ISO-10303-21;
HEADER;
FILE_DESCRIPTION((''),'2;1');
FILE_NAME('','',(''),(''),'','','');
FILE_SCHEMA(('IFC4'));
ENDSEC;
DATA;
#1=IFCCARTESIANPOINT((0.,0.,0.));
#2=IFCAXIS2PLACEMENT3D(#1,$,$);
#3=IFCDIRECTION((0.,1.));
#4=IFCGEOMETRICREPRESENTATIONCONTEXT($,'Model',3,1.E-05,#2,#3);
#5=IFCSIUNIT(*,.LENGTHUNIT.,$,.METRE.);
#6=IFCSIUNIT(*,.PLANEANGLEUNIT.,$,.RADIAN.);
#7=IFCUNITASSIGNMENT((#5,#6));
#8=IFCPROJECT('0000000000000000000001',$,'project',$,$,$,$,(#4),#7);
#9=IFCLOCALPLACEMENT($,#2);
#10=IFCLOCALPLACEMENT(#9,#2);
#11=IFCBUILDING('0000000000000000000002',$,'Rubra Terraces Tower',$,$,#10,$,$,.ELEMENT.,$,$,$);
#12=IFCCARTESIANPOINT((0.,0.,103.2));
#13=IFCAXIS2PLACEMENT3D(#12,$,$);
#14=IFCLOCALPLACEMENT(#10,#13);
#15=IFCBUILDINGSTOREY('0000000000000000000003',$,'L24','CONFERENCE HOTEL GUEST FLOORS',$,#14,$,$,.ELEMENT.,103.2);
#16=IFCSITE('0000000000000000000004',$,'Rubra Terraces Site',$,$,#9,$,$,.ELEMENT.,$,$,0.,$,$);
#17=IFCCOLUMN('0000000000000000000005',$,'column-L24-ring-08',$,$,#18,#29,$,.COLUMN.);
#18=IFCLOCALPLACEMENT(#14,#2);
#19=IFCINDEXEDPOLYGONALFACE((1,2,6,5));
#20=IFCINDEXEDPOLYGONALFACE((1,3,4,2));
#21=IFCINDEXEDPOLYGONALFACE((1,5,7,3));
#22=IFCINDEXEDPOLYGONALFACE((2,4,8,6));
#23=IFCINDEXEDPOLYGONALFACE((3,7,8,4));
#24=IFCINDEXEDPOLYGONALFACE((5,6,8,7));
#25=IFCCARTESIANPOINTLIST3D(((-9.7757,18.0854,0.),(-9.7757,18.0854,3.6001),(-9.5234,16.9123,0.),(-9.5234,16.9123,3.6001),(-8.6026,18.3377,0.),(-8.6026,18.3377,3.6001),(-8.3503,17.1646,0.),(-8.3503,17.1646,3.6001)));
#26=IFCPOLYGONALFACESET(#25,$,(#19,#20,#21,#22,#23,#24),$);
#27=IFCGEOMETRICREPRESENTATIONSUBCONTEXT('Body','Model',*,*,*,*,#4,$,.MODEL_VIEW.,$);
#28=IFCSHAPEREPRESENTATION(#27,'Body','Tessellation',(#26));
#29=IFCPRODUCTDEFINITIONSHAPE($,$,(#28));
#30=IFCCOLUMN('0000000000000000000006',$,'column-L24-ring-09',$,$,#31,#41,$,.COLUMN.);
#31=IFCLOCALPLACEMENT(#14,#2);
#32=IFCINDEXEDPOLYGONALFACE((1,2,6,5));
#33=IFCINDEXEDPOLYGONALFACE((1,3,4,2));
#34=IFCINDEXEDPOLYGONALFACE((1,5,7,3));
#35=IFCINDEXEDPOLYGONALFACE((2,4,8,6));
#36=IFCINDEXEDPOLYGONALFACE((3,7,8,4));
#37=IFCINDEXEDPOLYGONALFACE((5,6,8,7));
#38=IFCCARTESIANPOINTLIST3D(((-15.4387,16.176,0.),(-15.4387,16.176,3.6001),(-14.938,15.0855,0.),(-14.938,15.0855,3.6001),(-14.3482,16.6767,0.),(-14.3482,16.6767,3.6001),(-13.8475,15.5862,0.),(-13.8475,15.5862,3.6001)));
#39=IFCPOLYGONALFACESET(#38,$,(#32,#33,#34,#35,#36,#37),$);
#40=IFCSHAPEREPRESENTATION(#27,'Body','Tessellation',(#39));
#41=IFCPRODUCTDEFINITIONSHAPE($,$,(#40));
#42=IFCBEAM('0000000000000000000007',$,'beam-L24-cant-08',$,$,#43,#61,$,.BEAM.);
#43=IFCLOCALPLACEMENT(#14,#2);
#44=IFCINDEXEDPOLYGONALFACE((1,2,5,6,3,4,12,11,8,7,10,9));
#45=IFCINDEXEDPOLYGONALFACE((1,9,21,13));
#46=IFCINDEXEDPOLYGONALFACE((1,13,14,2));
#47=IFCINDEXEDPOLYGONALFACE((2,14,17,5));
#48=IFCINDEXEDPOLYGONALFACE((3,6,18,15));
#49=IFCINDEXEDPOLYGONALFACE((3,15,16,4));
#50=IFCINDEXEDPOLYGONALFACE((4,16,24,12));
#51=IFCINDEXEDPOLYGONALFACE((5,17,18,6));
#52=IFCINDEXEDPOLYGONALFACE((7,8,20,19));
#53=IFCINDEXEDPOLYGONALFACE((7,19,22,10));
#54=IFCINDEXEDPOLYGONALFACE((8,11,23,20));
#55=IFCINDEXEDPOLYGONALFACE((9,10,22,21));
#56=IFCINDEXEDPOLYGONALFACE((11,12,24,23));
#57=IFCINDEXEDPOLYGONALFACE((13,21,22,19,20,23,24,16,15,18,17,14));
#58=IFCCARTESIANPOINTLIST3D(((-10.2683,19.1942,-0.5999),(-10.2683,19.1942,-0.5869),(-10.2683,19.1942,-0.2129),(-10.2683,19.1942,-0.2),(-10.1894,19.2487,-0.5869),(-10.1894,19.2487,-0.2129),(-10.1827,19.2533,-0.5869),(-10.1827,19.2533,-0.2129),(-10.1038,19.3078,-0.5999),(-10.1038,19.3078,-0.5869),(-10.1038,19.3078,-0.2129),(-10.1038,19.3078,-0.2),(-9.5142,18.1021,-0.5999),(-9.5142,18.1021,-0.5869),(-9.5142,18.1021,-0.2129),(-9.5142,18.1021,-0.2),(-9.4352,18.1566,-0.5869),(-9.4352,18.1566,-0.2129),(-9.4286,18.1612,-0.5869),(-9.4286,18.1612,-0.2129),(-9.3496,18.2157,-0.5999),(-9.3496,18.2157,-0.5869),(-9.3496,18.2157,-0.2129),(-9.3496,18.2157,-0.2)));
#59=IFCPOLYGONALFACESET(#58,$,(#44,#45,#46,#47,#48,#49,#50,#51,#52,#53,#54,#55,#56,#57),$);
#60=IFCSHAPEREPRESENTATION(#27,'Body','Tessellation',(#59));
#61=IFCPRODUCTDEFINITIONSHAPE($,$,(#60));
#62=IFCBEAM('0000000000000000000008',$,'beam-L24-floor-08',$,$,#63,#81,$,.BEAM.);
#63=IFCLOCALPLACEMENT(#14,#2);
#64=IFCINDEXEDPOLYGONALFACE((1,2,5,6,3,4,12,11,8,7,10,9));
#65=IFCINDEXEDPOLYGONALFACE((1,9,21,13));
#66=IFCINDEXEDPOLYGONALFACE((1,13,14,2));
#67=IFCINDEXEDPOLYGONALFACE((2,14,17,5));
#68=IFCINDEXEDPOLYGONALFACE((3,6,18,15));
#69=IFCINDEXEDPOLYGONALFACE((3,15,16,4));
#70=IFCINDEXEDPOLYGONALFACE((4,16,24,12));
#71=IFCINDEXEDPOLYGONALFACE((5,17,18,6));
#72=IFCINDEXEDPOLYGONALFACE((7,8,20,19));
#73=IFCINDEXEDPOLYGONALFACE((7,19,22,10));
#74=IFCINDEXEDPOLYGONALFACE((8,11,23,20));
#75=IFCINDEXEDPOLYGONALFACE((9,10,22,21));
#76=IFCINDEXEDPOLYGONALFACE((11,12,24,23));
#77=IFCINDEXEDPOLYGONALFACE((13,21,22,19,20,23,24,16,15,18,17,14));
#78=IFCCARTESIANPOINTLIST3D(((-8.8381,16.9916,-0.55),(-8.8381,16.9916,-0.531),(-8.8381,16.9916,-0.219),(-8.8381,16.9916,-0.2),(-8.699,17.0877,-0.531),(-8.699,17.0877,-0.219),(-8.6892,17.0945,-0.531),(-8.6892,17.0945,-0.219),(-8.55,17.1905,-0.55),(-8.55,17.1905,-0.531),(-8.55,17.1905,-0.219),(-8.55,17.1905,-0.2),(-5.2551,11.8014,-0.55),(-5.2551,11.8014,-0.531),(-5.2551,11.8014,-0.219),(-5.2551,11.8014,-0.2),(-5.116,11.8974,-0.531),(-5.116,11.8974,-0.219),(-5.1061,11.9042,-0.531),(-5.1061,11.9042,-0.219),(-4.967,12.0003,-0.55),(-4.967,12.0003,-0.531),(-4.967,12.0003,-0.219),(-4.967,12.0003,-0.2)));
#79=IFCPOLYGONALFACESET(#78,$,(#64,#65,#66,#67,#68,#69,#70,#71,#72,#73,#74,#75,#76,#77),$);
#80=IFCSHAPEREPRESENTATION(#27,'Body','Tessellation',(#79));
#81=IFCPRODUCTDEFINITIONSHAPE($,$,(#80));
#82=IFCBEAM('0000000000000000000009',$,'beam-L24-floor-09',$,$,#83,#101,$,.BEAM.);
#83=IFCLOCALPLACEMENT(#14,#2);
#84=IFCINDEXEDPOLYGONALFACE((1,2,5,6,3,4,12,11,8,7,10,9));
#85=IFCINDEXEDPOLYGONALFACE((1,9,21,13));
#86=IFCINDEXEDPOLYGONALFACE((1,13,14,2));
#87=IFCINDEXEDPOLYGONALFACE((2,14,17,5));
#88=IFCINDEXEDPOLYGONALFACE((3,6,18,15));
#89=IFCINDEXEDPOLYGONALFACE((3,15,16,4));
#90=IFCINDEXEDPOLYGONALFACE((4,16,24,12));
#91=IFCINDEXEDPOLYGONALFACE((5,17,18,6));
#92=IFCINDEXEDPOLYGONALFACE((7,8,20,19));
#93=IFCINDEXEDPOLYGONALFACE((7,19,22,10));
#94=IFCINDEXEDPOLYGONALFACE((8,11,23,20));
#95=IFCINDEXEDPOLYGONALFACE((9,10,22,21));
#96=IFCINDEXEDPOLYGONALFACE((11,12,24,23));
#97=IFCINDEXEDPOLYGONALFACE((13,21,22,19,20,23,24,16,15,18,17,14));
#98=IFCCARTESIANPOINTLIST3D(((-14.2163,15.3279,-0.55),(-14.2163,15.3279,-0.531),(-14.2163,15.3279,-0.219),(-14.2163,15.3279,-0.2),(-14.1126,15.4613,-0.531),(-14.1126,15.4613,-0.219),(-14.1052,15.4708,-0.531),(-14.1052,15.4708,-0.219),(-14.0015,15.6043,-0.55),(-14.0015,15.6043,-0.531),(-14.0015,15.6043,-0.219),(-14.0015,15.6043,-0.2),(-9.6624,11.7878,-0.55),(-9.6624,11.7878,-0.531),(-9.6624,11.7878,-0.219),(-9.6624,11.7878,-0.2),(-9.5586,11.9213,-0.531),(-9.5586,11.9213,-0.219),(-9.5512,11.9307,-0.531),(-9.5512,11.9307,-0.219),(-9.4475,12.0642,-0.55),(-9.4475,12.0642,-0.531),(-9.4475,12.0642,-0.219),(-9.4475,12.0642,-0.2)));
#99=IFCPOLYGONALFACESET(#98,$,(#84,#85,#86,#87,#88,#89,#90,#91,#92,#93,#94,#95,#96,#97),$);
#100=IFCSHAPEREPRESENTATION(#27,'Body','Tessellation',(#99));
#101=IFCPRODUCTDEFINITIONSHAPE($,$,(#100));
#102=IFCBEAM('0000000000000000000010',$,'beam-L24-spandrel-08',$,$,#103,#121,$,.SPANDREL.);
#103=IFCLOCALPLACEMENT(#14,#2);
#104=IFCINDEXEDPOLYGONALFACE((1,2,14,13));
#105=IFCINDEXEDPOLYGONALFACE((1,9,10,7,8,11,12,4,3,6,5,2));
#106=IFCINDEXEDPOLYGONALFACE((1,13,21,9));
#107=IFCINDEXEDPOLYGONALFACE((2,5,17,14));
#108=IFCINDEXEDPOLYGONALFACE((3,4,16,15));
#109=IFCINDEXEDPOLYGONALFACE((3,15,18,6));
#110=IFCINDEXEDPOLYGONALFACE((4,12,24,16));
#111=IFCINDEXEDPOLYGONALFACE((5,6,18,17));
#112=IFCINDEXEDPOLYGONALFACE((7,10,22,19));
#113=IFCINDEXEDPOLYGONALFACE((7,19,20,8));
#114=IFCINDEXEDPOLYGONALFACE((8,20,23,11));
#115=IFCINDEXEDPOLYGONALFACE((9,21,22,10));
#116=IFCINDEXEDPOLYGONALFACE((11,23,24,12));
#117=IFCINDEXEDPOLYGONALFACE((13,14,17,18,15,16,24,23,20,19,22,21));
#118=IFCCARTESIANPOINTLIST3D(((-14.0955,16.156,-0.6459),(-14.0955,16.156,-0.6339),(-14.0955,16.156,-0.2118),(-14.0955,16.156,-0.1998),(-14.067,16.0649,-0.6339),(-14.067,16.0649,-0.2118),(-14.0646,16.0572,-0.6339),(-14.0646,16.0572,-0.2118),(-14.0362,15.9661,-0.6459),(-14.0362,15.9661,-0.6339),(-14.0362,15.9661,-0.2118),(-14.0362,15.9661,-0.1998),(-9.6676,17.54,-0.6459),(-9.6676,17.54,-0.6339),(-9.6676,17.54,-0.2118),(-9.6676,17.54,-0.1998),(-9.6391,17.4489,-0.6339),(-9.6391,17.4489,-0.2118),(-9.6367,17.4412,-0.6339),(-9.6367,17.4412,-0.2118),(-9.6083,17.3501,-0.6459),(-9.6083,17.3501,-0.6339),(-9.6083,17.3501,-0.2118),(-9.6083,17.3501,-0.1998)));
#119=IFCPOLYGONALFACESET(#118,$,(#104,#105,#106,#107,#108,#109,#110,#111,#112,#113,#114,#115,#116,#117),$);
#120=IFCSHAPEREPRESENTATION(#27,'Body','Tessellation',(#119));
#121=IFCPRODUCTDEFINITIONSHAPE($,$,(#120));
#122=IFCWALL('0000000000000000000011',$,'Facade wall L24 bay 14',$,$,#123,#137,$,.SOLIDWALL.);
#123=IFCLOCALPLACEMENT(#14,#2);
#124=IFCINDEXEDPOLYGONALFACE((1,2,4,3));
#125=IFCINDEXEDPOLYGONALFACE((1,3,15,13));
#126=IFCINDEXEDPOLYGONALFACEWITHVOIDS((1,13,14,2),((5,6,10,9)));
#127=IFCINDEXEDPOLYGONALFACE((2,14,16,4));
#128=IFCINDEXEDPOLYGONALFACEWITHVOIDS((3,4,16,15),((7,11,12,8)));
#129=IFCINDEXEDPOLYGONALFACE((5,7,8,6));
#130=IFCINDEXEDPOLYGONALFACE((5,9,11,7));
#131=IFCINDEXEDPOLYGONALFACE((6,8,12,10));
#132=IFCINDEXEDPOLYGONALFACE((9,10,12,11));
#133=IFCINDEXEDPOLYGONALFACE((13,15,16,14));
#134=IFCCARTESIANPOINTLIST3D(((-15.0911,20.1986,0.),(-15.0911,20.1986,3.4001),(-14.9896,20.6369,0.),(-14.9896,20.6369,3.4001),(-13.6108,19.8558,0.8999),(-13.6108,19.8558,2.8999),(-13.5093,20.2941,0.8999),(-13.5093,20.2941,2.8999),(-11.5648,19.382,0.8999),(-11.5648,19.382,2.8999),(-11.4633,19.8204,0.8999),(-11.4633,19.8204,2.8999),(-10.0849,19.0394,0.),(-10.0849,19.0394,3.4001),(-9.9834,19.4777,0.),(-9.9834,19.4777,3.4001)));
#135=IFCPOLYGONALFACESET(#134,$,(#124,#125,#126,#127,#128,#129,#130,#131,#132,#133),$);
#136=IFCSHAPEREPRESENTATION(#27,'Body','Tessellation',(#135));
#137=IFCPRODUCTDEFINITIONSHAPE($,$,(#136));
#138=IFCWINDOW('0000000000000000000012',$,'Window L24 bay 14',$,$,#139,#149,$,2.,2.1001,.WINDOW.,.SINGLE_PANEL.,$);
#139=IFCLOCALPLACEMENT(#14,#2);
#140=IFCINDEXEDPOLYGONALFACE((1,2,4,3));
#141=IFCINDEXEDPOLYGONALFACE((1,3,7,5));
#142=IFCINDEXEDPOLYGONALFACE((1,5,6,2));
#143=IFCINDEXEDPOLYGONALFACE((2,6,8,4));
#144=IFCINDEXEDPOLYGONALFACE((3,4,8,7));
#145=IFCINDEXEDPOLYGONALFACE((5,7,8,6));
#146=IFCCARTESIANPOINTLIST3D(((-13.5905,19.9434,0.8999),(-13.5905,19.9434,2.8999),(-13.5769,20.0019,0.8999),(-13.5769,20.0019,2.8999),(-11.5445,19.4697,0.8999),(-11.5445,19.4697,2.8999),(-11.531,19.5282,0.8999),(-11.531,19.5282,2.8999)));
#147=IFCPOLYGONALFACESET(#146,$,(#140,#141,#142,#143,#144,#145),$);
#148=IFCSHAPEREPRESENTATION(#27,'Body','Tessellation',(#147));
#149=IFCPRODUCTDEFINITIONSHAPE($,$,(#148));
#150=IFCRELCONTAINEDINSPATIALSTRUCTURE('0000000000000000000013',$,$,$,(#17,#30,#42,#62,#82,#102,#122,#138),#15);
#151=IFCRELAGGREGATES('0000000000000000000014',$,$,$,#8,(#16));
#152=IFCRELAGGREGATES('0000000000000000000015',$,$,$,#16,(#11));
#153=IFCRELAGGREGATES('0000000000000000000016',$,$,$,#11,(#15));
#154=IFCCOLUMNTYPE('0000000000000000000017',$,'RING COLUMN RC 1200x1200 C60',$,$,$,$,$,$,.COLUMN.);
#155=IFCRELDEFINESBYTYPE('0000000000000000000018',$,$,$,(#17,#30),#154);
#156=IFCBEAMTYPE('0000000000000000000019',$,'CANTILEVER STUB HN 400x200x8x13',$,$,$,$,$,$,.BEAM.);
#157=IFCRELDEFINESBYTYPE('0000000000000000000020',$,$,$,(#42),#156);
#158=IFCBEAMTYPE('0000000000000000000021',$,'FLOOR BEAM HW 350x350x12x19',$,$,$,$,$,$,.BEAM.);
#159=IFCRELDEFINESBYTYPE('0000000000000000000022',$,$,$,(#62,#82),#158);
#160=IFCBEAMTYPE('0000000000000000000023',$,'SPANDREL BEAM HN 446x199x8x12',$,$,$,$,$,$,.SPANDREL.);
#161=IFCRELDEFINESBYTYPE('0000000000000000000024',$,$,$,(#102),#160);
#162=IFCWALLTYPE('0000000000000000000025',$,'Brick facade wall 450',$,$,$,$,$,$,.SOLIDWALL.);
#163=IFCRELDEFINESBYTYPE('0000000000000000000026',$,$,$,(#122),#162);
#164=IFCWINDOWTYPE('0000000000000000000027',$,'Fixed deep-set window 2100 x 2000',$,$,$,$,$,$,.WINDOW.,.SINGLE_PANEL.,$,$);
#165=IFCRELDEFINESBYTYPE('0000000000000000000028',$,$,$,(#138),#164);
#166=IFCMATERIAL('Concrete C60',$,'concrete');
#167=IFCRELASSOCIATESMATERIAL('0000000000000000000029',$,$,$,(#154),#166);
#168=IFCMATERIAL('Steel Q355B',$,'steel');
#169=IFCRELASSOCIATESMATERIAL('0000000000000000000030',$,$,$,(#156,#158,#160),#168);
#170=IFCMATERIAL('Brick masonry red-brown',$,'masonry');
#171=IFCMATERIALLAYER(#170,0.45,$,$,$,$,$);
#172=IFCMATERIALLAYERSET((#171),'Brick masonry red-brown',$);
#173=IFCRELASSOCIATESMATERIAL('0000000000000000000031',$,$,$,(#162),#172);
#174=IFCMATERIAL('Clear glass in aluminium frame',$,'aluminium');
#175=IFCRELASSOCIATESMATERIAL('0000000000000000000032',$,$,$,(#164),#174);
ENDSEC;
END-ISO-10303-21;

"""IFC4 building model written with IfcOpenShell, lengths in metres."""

from ifc_helpers import new_model, si_unit, direction, frame, frame_2d, origin, origin_2d, place, context, subcontext, project, spatial, rectangle, i_section, extrude, material, layer, layer_set, material_profile, profile_set, type_object, element, fill, save


model = new_model("IFC4")

# Units and contexts
model_context = context("Model", 3, precision=1e-05, world=origin(), true_north=direction((0.0, 1.0)))
body_context = subcontext(model_context, "Body", "Model", "MODEL_VIEW")
ifc_project = project(units=[si_unit("LENGTHUNIT", "METRE"), si_unit("PLANEANGLEUNIT", "RADIAN")], contexts=[model_context])

# Site, building, storey
site_placement = place(None, origin())
site = spatial("IfcSite", under=ifc_project, at=site_placement, Name="Rubra Terraces Site", CompositionType="ELEMENT", RefElevation=0.0)
building_placement = place(site_placement, origin())
building = spatial("IfcBuilding", under=site, at=building_placement, Name="Rubra Terraces Tower", CompositionType="ELEMENT")
storey_placement = place(building_placement, frame((0.0, 0.0, 103.2)))
storey = spatial("IfcBuildingStorey", under=building, at=storey_placement, Name="L24", Description="CONFERENCE HOTEL GUEST FLOORS", CompositionType="ELEMENT", Elevation=103.2)

# Columns
ifc_material_1 = material(Name="Concrete C60", Category="concrete")
ifc_material_profile_1 = material_profile(ifc_material_1, rectangle(XDim=1.2, YDim=1.2, at=origin_2d()), Name="RC 1200x1200")
ifc_profile_set_1 = profile_set([ifc_material_profile_1], Name="Concrete C60")
column_type = type_object("IfcColumnType", Name="RING COLUMN RC 1200x1200 C60", PredefinedType="COLUMN", material=ifc_profile_set_1)
for number, where, z_axis, x_axis, name in (
    (1, (-9.063, 17.625, 0.0), (0.0, 0.0, 1.0), (-0.977653, -0.210227, 0.0), "column-L24-ring-08"),
    (2, (-14.6431, 15.8811, 0.0), (0.0, 0.0, 1.0), (-0.908779, -0.417279, 0.0), "column-L24-ring-09"),
):
    element("IfcColumn", number, at=place(storey_placement, frame(where, z_axis=z_axis, x_axis=x_axis)), inside=storey, type_object=column_type, Name=name, PredefinedType="COLUMN", context=body_context, shape_type="SweptSolid", body=[
        extrude(rectangle(XDim=1.2, YDim=1.2, at=origin_2d()), origin(), (0.0, 0.0, 1.0), 3.6001),
    ])

# Beams
ifc_material_2 = material(Name="Steel Q355B", Category="steel")
ifc_material_profile_2 = material_profile(ifc_material_2, i_section(OverallWidth=0.2, OverallDepth=0.3999, WebThickness=0.0081, FlangeThickness=0.0129, at=origin_2d()), Name="HN 400x200x8x13")
ifc_profile_set_2 = profile_set([ifc_material_profile_2], Name="Steel Q355B")
beam_type_1 = type_object("IfcBeamType", Name="CANTILEVER STUB HN 400x200x8x13", PredefinedType="BEAM", material=ifc_profile_set_2)
beam_1_placement = place(storey_placement, frame((-9.4319, 18.1589, -0.3999), z_axis=(-0.568253, 0.822854, 0.0), x_axis=(-0.822854, -0.568253, 0.0)))
element("IfcBeam", 3, at=beam_1_placement, inside=storey, type_object=beam_type_1, Name="beam-L24-cant-08", PredefinedType="BEAM", context=body_context, shape_type="SweptSolid", body=[
    extrude(i_section(OverallWidth=0.2, OverallDepth=0.3999, WebThickness=0.0081, FlangeThickness=0.0129, at=origin_2d()), origin(), (0.0, 0.0, 1.0), 1.3271),
])
ifc_material_profile_3 = material_profile(ifc_material_2, i_section(OverallWidth=0.3501, OverallDepth=0.3501, WebThickness=0.012, FlangeThickness=0.019, at=origin_2d()), Name="HW 350x350x12x19")
ifc_profile_set_3 = profile_set([ifc_material_profile_3], Name="Steel Q355B")
beam_type_2 = type_object("IfcBeamType", Name="FLOOR BEAM HW 350x350x12x19", PredefinedType="BEAM", material=ifc_profile_set_3)
beam_2_placement = place(storey_placement, frame((-8.6941, 17.0911, -0.375), z_axis=(0.568116, -0.822948, 0.0), x_axis=(0.822948, 0.568116, 0.0)))
element("IfcBeam", 4, at=beam_2_placement, inside=storey, type_object=beam_type_2, Name="beam-L24-floor-08", PredefinedType="BEAM", context=body_context, shape_type="SweptSolid", body=[
    extrude(i_section(OverallWidth=0.3501, OverallDepth=0.3501, WebThickness=0.012, FlangeThickness=0.019, at=origin_2d()), origin(), (0.0, 0.0, 1.0), 6.3069),
])
beam_3_placement = place(storey_placement, frame((-14.1089, 15.4661, -0.375), z_axis=(0.789514, -0.613733, 0.0), x_axis=(0.613733, 0.789514, 0.0)))
element("IfcBeam", 5, at=beam_3_placement, inside=storey, type_object=beam_type_2, Name="beam-L24-floor-09", PredefinedType="BEAM", context=body_context, shape_type="SweptSolid", body=[
    extrude(i_section(OverallWidth=0.3501, OverallDepth=0.3501, WebThickness=0.012, FlangeThickness=0.019, at=origin_2d()), origin(), (0.0, 0.0, 1.0), 5.7681),
])
ifc_material_profile_4 = material_profile(ifc_material_2, i_section(OverallWidth=0.199, OverallDepth=0.446, WebThickness=0.0081, FlangeThickness=0.012, at=origin_2d()), Name="HN 446x199x8x12")
ifc_profile_set_4 = profile_set([ifc_material_profile_4], Name="Steel Q355B")
beam_type_3 = type_object("IfcBeamType", Name="SPANDREL BEAM HN 446x199x8x12", PredefinedType="SPANDREL", material=ifc_profile_set_4)
beam_4_placement = place(storey_placement, frame((-9.6379, 17.4451, -0.4229), z_axis=(-0.954462, -0.298332, 0.0), x_axis=(0.298332, -0.954462, 0.0)))
element("IfcBeam", 6, at=beam_4_placement, inside=storey, type_object=beam_type_3, Name="beam-L24-spandrel-08", PredefinedType="SPANDREL", context=body_context, shape_type="SweptSolid", body=[
    extrude(i_section(OverallWidth=0.199, OverallDepth=0.446, WebThickness=0.0081, FlangeThickness=0.012, at=origin_2d()), origin(), (0.0, 0.0, 1.0), 4.6392),
])

# Wall, opening, window
ifc_material_3 = material(Name="Brick masonry red-brown", Category="masonry")
ifc_layer_1 = layer(ifc_material_3, 0.45)
ifc_layer_set_1 = layer_set([ifc_layer_1], Name="Brick masonry red-brown")
wall_type_1 = type_object("IfcWallType", Name="Brick facade wall 450", PredefinedType="SOLIDWALL", material=ifc_layer_set_1)
wall_1_placement = place(storey_placement, frame((-10.0342, 19.2585, 0.0), z_axis=(0.0, 0.0, 1.0), x_axis=(-0.974224, 0.225585, 0.0)))
wall_1 = element("IfcWall", 7, at=wall_1_placement, inside=storey, type_object=wall_type_1, Name="Facade wall L24 bay 14", PredefinedType="SOLIDWALL", context=body_context, shape_type="SweptSolid", body=[
    extrude(rectangle(XDim=5.1387, YDim=0.45, at=frame_2d((2.5693, 0.0))), origin(), (0.0, 0.0, 1.0), 3.4001),
])
opening_1_placement = place(wall_1_placement, frame((1.519, 0.0, 0.8999)))
opening_1 = element("IfcOpeningElement", 8, at=opening_1_placement, cuts=wall_1, PredefinedType="OPENING", context=body_context, shape_type="SweptSolid", body=[
    extrude(rectangle(XDim=2.1001, YDim=2.0, at=frame_2d((1.05, 1.0))), frame((0.0, 0.2349, 0.0), z_axis=(0.0, -1.0, 0.0), x_axis=(1.0, 0.0, 0.0)), (0.0, 0.0, 1.0), 0.47),
])
ifc_material_4 = material(Name="Clear glass in aluminium frame", Category="aluminium")
window_type = type_object("IfcWindowType", Name="Fixed deep-set window 2100 x 2000", PartitioningType="SINGLE_PANEL", PredefinedType="WINDOW", material=ifc_material_4)
window_placement = place(opening_1_placement, origin())
window = element("IfcWindow", 9, at=window_placement, inside=storey, type_object=window_type, Name="Window L24 bay 14", OverallHeight=2.0, OverallWidth=2.1001, PartitioningType="SINGLE_PANEL", PredefinedType="WINDOW", context=body_context, shape_type="SweptSolid", body=[
    extrude(rectangle(XDim=2.1001, YDim=2.0, at=frame_2d((1.05, 1.0))), frame((0.0, 0.135, 0.0), z_axis=(0.0, -1.0, 0.0), x_axis=(1.0, 0.0, 0.0)), (0.0, 0.0, 1.0), 0.0601),
])
fill(opening_1, window)

save(model, "model.ifc")
